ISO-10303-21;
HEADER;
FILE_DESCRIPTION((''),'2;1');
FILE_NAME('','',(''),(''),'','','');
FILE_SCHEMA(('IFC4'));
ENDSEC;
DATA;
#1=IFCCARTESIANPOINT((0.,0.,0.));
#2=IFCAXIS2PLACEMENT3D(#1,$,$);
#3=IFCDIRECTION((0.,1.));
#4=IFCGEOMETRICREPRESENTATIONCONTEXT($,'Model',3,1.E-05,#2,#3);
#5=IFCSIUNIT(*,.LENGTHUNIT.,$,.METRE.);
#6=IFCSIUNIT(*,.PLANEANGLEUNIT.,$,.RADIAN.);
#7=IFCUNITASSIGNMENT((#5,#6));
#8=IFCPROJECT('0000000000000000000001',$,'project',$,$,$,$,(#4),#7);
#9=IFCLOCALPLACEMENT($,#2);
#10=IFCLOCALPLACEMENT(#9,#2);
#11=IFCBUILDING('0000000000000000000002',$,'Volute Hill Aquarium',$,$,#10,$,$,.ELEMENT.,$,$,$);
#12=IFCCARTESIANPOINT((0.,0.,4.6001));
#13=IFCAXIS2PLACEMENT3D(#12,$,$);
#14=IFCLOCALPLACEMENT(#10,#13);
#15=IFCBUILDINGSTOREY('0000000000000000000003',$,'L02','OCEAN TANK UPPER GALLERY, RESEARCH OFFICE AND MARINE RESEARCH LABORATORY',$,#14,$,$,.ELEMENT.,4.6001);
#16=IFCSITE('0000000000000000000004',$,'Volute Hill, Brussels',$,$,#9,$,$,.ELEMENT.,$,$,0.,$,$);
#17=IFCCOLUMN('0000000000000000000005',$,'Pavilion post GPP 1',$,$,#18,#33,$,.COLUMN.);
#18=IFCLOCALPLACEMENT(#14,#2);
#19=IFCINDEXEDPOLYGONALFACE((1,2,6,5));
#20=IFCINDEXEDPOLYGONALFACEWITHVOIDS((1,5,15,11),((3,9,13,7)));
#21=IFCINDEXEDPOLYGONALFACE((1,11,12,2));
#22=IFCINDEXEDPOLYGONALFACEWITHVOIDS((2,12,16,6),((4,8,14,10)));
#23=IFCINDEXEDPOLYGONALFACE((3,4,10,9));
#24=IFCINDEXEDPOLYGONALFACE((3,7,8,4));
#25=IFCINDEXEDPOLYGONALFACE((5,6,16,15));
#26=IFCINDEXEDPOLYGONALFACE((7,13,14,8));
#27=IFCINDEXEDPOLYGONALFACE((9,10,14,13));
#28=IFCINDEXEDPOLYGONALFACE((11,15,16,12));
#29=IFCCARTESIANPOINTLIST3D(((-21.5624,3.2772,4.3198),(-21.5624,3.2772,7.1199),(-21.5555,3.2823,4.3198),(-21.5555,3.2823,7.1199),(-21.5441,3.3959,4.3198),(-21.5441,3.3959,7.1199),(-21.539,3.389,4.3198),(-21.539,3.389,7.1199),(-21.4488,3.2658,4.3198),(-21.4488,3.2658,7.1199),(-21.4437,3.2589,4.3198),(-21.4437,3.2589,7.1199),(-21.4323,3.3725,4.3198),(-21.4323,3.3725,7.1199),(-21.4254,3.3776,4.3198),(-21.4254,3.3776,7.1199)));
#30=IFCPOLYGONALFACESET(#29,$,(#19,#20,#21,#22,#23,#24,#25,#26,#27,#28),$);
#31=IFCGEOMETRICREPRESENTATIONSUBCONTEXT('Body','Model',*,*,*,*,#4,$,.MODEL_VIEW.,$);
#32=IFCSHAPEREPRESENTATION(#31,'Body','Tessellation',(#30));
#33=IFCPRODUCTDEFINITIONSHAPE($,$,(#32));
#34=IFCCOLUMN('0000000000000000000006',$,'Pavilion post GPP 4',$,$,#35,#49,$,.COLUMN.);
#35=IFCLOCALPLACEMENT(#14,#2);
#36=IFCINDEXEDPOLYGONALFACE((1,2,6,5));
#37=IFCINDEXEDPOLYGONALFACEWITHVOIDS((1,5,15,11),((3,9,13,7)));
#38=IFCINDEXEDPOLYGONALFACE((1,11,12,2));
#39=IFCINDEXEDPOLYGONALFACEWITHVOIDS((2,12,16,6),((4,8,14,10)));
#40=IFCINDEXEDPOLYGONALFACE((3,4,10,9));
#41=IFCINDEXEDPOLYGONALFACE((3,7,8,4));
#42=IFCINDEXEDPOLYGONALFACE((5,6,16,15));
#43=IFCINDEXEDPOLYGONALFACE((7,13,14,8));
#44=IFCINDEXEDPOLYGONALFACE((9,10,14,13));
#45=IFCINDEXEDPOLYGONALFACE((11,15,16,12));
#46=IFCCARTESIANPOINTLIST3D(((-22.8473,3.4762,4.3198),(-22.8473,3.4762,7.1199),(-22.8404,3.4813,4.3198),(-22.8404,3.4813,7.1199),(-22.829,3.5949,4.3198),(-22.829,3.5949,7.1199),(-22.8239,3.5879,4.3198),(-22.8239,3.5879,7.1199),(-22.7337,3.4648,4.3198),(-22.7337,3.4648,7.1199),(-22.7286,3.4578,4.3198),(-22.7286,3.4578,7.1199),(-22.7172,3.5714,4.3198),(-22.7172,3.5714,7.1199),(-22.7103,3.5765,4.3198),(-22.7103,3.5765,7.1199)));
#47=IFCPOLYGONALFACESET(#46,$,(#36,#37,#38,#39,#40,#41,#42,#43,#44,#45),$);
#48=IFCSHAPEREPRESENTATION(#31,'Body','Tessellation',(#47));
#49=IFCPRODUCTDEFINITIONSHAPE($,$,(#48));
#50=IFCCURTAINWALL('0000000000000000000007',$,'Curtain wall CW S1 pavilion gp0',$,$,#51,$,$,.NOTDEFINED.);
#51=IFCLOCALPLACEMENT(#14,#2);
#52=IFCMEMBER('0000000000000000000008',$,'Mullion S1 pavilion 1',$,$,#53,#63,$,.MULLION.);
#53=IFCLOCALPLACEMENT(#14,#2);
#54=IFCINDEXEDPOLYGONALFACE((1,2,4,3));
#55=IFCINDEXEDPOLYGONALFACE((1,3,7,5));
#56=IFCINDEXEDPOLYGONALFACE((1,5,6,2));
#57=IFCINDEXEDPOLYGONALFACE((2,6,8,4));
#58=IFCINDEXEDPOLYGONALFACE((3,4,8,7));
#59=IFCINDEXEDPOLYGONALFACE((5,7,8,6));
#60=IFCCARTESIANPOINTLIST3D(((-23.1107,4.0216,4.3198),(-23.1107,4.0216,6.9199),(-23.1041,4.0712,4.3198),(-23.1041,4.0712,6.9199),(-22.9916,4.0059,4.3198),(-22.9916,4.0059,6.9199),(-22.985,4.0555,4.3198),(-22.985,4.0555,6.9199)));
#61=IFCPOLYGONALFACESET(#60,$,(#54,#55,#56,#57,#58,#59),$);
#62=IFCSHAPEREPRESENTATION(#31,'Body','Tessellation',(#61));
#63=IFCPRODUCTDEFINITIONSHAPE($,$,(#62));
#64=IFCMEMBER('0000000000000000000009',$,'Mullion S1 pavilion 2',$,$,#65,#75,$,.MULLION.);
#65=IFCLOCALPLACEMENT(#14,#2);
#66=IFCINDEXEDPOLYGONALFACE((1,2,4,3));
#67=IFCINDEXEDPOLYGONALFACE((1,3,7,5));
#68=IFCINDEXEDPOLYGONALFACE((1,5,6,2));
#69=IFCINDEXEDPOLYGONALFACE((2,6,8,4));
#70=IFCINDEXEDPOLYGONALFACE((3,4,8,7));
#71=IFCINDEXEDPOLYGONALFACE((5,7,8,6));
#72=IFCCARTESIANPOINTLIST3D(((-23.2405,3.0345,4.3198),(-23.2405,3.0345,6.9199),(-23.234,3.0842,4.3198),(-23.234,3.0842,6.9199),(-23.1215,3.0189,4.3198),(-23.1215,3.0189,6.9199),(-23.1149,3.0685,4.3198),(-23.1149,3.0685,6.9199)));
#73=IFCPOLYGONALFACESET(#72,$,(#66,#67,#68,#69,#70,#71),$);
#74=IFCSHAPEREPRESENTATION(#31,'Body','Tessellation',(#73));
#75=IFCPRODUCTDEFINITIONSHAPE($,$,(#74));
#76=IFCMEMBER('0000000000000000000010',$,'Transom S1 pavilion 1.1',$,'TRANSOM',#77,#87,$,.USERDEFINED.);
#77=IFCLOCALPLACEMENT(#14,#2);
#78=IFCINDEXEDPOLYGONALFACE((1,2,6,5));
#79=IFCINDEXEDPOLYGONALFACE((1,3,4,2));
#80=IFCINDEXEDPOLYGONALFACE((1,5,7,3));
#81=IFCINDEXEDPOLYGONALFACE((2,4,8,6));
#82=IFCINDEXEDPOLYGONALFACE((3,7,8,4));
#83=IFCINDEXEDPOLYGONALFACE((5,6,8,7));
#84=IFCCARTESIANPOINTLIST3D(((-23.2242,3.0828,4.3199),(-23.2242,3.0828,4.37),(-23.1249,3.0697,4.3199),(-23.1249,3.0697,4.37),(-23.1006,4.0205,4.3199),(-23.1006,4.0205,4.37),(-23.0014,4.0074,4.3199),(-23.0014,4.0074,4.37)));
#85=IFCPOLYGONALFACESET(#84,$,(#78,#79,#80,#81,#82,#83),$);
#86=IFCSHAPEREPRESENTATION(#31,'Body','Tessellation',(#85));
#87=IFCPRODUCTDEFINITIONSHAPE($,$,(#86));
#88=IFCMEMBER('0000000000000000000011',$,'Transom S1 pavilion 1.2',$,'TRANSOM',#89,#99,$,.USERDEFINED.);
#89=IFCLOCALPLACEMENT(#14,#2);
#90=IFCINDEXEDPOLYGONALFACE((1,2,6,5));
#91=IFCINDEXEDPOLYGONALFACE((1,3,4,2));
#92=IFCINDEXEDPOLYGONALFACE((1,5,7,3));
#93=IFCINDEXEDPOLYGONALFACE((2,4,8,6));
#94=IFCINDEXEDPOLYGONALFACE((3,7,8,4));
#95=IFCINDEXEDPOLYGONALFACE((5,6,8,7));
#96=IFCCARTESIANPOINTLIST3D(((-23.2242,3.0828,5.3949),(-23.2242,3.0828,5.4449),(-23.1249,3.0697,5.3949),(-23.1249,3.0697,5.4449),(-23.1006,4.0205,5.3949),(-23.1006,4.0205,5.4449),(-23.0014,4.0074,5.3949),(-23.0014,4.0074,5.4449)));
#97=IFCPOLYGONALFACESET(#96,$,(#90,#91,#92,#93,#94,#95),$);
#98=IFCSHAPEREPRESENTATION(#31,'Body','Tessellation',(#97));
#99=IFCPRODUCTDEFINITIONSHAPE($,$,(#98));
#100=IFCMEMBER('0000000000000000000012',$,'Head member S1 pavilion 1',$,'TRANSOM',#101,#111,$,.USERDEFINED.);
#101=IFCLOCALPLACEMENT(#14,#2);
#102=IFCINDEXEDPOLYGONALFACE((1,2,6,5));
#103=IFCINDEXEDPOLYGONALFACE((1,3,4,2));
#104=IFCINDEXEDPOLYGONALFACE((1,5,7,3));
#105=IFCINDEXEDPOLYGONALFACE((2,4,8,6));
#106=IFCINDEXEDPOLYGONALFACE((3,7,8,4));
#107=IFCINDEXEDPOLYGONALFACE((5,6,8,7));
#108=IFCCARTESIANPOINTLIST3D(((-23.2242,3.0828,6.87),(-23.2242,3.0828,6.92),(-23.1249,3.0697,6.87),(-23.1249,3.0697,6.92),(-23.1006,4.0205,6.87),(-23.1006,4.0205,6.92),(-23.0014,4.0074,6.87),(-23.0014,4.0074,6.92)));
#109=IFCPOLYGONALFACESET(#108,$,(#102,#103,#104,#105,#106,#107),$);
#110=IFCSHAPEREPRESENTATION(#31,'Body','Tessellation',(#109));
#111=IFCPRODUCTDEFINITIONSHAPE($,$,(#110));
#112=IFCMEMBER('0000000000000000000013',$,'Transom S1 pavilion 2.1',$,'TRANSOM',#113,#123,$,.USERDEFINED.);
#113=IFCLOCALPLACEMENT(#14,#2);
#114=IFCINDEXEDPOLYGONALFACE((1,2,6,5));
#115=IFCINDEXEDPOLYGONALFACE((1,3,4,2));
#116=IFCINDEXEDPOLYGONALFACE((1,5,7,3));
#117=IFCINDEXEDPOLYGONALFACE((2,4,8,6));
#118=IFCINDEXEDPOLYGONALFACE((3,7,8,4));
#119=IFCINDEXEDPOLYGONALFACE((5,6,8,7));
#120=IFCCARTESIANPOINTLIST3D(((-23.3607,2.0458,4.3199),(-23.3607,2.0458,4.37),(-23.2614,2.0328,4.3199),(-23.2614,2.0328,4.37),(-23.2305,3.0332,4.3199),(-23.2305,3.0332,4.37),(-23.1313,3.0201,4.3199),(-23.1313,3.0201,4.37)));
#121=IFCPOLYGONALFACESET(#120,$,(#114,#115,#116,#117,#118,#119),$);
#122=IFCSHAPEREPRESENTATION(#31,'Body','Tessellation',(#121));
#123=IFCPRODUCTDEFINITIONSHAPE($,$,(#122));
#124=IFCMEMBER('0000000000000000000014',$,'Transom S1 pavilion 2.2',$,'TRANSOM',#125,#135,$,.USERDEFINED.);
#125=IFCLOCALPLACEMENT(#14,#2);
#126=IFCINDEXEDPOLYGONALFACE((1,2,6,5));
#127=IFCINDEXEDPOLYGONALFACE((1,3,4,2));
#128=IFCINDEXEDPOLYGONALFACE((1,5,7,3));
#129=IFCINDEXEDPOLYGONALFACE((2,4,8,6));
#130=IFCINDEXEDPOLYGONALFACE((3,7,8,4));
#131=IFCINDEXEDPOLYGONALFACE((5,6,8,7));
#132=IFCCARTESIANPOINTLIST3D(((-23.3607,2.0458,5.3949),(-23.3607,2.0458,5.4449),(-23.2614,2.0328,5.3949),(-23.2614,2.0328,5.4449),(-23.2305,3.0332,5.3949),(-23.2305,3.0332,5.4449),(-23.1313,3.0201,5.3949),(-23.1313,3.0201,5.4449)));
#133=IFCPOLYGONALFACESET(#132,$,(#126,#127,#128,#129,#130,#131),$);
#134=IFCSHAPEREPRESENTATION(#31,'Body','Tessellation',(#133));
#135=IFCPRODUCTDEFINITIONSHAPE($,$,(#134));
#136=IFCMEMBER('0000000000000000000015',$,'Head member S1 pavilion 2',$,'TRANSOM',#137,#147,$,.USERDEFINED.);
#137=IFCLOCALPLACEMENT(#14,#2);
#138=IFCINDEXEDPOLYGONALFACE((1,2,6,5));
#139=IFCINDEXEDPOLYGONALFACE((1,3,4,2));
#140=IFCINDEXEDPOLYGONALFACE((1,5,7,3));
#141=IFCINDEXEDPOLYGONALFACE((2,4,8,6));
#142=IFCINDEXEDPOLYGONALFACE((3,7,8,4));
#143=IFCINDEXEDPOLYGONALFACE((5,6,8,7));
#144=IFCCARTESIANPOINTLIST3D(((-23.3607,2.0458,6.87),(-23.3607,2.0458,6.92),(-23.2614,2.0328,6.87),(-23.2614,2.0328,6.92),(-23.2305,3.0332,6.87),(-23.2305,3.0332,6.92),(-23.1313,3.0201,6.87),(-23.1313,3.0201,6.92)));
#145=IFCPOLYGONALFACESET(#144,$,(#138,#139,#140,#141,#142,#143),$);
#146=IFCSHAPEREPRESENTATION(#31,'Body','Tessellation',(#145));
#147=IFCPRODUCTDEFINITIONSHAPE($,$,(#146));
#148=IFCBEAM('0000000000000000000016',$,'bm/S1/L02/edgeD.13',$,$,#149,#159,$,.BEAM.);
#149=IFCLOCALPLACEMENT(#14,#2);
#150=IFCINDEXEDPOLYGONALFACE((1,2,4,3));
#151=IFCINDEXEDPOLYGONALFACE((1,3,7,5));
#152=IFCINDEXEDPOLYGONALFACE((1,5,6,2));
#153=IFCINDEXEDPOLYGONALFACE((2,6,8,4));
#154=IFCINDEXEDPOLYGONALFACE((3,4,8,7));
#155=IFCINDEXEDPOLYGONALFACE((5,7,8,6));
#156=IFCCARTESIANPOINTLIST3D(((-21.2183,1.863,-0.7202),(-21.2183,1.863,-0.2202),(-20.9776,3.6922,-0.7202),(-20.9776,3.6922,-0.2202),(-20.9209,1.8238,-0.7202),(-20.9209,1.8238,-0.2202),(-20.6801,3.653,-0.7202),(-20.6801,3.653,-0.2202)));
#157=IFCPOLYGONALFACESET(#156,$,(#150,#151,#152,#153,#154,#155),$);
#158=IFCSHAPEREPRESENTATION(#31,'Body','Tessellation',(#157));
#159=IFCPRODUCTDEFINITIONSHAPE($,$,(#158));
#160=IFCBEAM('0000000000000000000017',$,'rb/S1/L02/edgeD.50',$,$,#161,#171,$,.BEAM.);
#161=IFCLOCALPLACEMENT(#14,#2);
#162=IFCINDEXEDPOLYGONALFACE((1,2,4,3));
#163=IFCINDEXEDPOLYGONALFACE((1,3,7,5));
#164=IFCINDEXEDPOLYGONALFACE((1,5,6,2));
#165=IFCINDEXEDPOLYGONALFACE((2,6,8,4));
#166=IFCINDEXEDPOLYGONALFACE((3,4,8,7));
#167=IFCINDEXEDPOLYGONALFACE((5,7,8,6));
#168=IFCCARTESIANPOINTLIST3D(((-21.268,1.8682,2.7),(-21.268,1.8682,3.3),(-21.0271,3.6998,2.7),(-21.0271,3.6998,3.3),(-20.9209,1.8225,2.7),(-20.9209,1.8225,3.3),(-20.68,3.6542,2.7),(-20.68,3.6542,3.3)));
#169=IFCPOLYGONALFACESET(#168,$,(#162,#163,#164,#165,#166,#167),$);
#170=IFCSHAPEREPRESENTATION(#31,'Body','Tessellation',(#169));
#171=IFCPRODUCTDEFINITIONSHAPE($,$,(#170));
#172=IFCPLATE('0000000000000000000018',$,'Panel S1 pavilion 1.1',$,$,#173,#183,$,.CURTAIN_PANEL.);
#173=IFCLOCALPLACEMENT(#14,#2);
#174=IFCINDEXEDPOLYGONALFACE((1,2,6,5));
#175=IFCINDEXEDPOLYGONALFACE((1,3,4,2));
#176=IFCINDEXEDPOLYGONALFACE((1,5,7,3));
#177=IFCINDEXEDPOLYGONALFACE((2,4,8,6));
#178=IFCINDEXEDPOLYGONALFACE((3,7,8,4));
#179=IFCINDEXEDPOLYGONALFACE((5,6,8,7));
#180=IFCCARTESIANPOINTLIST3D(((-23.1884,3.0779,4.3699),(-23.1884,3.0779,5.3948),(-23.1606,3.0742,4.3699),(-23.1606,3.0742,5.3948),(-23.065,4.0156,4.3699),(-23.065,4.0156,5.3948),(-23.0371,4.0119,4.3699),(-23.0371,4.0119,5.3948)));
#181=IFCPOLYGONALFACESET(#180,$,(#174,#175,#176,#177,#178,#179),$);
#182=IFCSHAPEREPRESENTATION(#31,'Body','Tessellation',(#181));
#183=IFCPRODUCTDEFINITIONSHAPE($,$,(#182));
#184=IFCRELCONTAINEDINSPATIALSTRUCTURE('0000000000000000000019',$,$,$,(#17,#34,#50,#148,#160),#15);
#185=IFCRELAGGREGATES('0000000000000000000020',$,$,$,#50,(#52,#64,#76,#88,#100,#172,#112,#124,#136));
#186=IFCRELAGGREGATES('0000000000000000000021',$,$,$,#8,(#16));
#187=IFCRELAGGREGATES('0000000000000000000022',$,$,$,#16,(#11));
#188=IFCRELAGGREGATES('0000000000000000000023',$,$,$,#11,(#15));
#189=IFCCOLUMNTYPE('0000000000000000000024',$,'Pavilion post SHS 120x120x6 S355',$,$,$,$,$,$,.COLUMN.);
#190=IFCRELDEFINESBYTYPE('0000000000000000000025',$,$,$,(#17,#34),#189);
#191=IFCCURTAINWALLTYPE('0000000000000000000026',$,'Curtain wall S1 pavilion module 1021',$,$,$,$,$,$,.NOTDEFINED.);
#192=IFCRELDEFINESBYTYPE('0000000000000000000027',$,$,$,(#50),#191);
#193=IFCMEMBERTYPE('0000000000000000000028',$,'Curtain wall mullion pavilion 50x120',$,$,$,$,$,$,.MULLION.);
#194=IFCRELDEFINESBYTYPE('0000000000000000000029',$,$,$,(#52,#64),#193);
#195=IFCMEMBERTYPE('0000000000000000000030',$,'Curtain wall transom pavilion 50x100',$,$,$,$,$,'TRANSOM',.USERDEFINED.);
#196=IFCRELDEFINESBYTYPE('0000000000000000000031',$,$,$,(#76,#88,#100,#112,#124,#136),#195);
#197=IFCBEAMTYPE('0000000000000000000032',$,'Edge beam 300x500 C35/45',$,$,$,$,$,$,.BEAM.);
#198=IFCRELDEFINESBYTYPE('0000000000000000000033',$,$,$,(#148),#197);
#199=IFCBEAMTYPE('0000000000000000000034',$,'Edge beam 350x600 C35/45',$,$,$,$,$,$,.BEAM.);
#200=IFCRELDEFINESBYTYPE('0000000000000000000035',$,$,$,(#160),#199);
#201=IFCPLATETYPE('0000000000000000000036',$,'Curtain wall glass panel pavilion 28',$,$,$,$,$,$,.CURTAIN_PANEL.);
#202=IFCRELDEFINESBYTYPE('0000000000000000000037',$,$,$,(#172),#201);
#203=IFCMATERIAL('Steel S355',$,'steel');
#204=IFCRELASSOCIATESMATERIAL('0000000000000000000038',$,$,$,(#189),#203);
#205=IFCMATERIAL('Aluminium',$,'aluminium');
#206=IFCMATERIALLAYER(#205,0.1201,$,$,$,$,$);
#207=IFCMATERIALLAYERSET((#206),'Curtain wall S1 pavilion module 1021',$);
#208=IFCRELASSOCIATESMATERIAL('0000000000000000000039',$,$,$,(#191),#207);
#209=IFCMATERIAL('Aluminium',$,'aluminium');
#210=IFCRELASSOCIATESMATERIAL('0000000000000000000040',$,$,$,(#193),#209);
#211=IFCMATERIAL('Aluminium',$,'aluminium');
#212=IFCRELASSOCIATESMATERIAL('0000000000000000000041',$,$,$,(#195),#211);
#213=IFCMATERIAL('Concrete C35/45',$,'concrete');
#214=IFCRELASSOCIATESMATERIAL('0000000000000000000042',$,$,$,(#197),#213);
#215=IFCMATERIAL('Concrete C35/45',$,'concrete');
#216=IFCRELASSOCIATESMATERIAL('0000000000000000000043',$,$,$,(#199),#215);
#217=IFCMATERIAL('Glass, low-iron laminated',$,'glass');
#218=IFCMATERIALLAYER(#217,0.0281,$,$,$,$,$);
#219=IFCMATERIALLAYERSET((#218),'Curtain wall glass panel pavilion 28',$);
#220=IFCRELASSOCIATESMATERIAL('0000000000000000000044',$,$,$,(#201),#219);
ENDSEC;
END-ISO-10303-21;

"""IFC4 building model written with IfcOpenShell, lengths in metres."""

from ifc_helpers import new_model, si_unit, direction, frame, origin, origin_2d, place, context, subcontext, project, spatial, rectangle, hollow_rectangle, extrude, material, layer, layer_set, material_profile, profile_set, type_object, element, aggregate, save


model = new_model("IFC4")

# Units and contexts
model_context = context("Model", 3, precision=1e-05, world=origin(), true_north=direction((0.0, 1.0)))
body_context = subcontext(model_context, "Body", "Model", "MODEL_VIEW")
ifc_project = project(units=[si_unit("LENGTHUNIT", "METRE"), si_unit("PLANEANGLEUNIT", "RADIAN")], contexts=[model_context])

# Site, building, storey
site_placement = place(None, origin())
site = spatial("IfcSite", under=ifc_project, at=site_placement, Name="Volute Hill, Brussels", CompositionType="ELEMENT", RefElevation=0.0)
building_placement = place(site_placement, origin())
building = spatial("IfcBuilding", under=site, at=building_placement, Name="Volute Hill Aquarium", CompositionType="ELEMENT")
storey_placement = place(building_placement, frame((0.0, 0.0, 4.6001)))
storey = spatial("IfcBuildingStorey", under=building, at=storey_placement, Name="L02", Description="OCEAN TANK UPPER GALLERY, RESEARCH OFFICE AND MARINE RESEARCH LABORATORY", CompositionType="ELEMENT", Elevation=4.6001)

# Columns
ifc_material_1 = material(Name="Steel S355", Category="steel")
ifc_material_profile_1 = material_profile(ifc_material_1, hollow_rectangle(XDim=0.1201, YDim=0.1201, WallThickness=0.0061, at=origin_2d()), Name="SHS 120x120x6")
ifc_profile_set_1 = profile_set([ifc_material_profile_1], Name="Steel S355")
column_type = type_object("IfcColumnType", Name="Pavilion post SHS 120x120x6 S355", PredefinedType="COLUMN", material=ifc_profile_set_1)
for number, where, z_axis, x_axis, name in (
    (1, (-21.4939, 3.3274, 4.3198), (0.0, 0.0, 1.0), (-0.988228, 0.152986, 0.0), "Pavilion post GPP 1"),
    (2, (-22.7788, 3.5264, 4.3198), (0.0, 0.0, 1.0), (-0.988228, 0.152986, 0.0), "Pavilion post GPP 4"),
):
    element("IfcColumn", number, at=place(storey_placement, frame(where, z_axis=z_axis, x_axis=x_axis)), inside=storey, type_object=column_type, Name=name, PredefinedType="COLUMN", context=body_context, shape_type="SweptSolid", body=[
        extrude(hollow_rectangle(XDim=0.1201, YDim=0.1201, WallThickness=0.0061, at=origin_2d()), origin(), (0.0, 0.0, 1.0), 2.8),
    ])

# Curtain wall, members
ifc_material_2 = material(Name="Aluminium", Category="aluminium")
ifc_layer_1 = layer(ifc_material_2, 0.1201)
ifc_layer_set_1 = layer_set([ifc_layer_1], Name="Curtain wall S1 pavilion module 1021")
curtain_wall_type = type_object("IfcCurtainWallType", Name="Curtain wall S1 pavilion module 1021", PredefinedType="NOTDEFINED", material=ifc_layer_set_1)
curtain_wall_placement = place(storey_placement, origin())
curtain_wall = element("IfcCurtainWall", 3, at=curtain_wall_placement, inside=storey, type_object=curtain_wall_type, Name="Curtain wall CW S1 pavilion gp0", PredefinedType="NOTDEFINED")
ifc_material_3 = material(Name="Aluminium", Category="aluminium")
ifc_material_profile_2 = material_profile(ifc_material_3, rectangle(XDim=0.1201, YDim=0.05, at=origin_2d()), Name="Curtain wall mullion pavilion 50x120")
ifc_profile_set_2 = profile_set([ifc_material_profile_2], Name="Aluminium")
member_type_1 = type_object("IfcMemberType", Name="Curtain wall mullion pavilion 50x120", PredefinedType="MULLION", material=ifc_profile_set_2)
member_1_placement = place(storey_placement, frame((-23.0479, 4.0386, 4.3198), z_axis=(0.0, 0.0, 1.0), x_axis=(0.991443, -0.130543, 0.0)))
member_1 = element("IfcMember", 4, at=member_1_placement, type_object=member_type_1, Name="Mullion S1 pavilion 1", PredefinedType="MULLION", context=body_context, shape_type="SweptSolid", body=[
    extrude(rectangle(XDim=0.1201, YDim=0.05, at=origin_2d()), origin(), (0.0, 0.0, 1.0), 2.6001),
])
member_2_placement = place(storey_placement, frame((-23.1777, 3.0515, 4.3198), z_axis=(0.0, 0.0, 1.0), x_axis=(0.991443, -0.130543, 0.0)))
member_2 = element("IfcMember", 5, at=member_2_placement, type_object=member_type_1, Name="Mullion S1 pavilion 2", PredefinedType="MULLION", context=body_context, shape_type="SweptSolid", body=[
    extrude(rectangle(XDim=0.1201, YDim=0.05, at=origin_2d()), origin(), (0.0, 0.0, 1.0), 2.6001),
])
ifc_material_4 = material(Name="Aluminium", Category="aluminium")
ifc_material_profile_3 = material_profile(ifc_material_4, rectangle(XDim=0.1001, YDim=0.05, at=origin_2d()), Name="Curtain wall transom pavilion 50x100")
ifc_profile_set_3 = profile_set([ifc_material_profile_3], Name="Aluminium")
member_type_2 = type_object("IfcMemberType", Name="Curtain wall transom pavilion 50x100", ElementType="TRANSOM", PredefinedType="USERDEFINED", material=ifc_profile_set_3)
member_3_placement = place(storey_placement, frame((-23.051, 4.0139, 4.345), z_axis=(-0.130608, -0.991434, 0.0), x_axis=(0.991434, -0.130608, 0.0)))
member_3 = element("IfcMember", 6, at=member_3_placement, type_object=member_type_2, Name="Transom S1 pavilion 1.1", ObjectType="TRANSOM", PredefinedType="USERDEFINED", context=body_context, shape_type="SweptSolid", body=[
    extrude(rectangle(XDim=0.1001, YDim=0.05, at=origin_2d()), origin(), (0.0, 0.0, 1.0), 0.9458),
])
member_4_placement = place(storey_placement, frame((-23.051, 4.0139, 5.4199), z_axis=(-0.130608, -0.991434, 0.0), x_axis=(0.991434, -0.130608, 0.0)))
member_4 = element("IfcMember", 7, at=member_4_placement, type_object=member_type_2, Name="Transom S1 pavilion 1.2", ObjectType="TRANSOM", PredefinedType="USERDEFINED", context=body_context, shape_type="SweptSolid", body=[
    extrude(rectangle(XDim=0.1001, YDim=0.05, at=origin_2d()), origin(), (0.0, 0.0, 1.0), 0.9458),
])
member_5_placement = place(storey_placement, frame((-23.051, 4.0139, 6.895), z_axis=(-0.130608, -0.991434, 0.0), x_axis=(0.991434, -0.130608, 0.0)))
member_5 = element("IfcMember", 8, at=member_5_placement, type_object=member_type_2, Name="Head member S1 pavilion 1", ObjectType="TRANSOM", PredefinedType="USERDEFINED", context=body_context, shape_type="SweptSolid", body=[
    extrude(rectangle(XDim=0.1001, YDim=0.05, at=origin_2d()), origin(), (0.0, 0.0, 1.0), 0.9458),
])
member_6_placement = place(storey_placement, frame((-23.1809, 3.0266, 4.345), z_axis=(-0.13067, -0.991426, 0.0), x_axis=(0.991426, -0.13067, 0.0)))
member_6 = element("IfcMember", 9, at=member_6_placement, type_object=member_type_2, Name="Transom S1 pavilion 2.1", ObjectType="TRANSOM", PredefinedType="USERDEFINED", context=body_context, shape_type="SweptSolid", body=[
    extrude(rectangle(XDim=0.1001, YDim=0.05, at=origin_2d()), origin(), (0.0, 0.0, 1.0), 0.9958),
])
member_7_placement = place(storey_placement, frame((-23.1809, 3.0266, 5.4199), z_axis=(-0.13067, -0.991426, 0.0), x_axis=(0.991426, -0.13067, 0.0)))
member_7 = element("IfcMember", 10, at=member_7_placement, type_object=member_type_2, Name="Transom S1 pavilion 2.2", ObjectType="TRANSOM", PredefinedType="USERDEFINED", context=body_context, shape_type="SweptSolid", body=[
    extrude(rectangle(XDim=0.1001, YDim=0.05, at=origin_2d()), origin(), (0.0, 0.0, 1.0), 0.9958),
])
member_8_placement = place(storey_placement, frame((-23.1809, 3.0266, 6.895), z_axis=(-0.13067, -0.991426, 0.0), x_axis=(0.991426, -0.13067, 0.0)))
member_8 = element("IfcMember", 11, at=member_8_placement, type_object=member_type_2, Name="Head member S1 pavilion 2", ObjectType="TRANSOM", PredefinedType="USERDEFINED", context=body_context, shape_type="SweptSolid", body=[
    extrude(rectangle(XDim=0.1001, YDim=0.05, at=origin_2d()), origin(), (0.0, 0.0, 1.0), 0.9958),
])

# Beams
ifc_material_5 = material(Name="Concrete C35/45", Category="concrete")
ifc_material_profile_4 = material_profile(ifc_material_5, rectangle(XDim=0.3, YDim=0.5, at=origin_2d()), Name="RC edge beam 300x500")
ifc_profile_set_4 = profile_set([ifc_material_profile_4], Name="Concrete C35/45")
beam_type_1 = type_object("IfcBeamType", Name="Edge beam 300x500 C35/45", PredefinedType="BEAM", material=ifc_profile_set_4)
beam_1_placement = place(storey_placement, frame((-20.8289, 3.6726, -0.4702), z_axis=(-0.130482, -0.991451, 0.0), x_axis=(0.991451, -0.130482, 0.0)))
element("IfcBeam", 12, at=beam_1_placement, inside=storey, type_object=beam_type_1, Name="bm/S1/L02/edgeD.13", PredefinedType="BEAM", context=body_context, shape_type="SweptSolid", body=[
    extrude(rectangle(XDim=0.3, YDim=0.5, at=origin_2d()), origin(), (0.0, 0.0, 1.0), 1.845),
])
ifc_material_6 = material(Name="Concrete C35/45", Category="concrete")
ifc_material_profile_5 = material_profile(ifc_material_6, rectangle(XDim=0.3501, YDim=0.6001, at=origin_2d()), Name="RC edge beam 350x600")
ifc_profile_set_5 = profile_set([ifc_material_profile_5], Name="Concrete C35/45")
beam_type_2 = type_object("IfcBeamType", Name="Edge beam 350x600 C35/45", PredefinedType="BEAM", material=ifc_profile_set_5)
beam_2_placement = place(storey_placement, frame((-20.8535, 3.677, 3.0), z_axis=(-0.130441, -0.991456, 0.0), x_axis=(0.991456, -0.130441, 0.0)))
element("IfcBeam", 13, at=beam_2_placement, inside=storey, type_object=beam_type_2, Name="rb/S1/L02/edgeD.50", PredefinedType="BEAM", context=body_context, shape_type="SweptSolid", body=[
    extrude(rectangle(XDim=0.3501, YDim=0.6001, at=origin_2d()), origin(), (0.0, 0.0, 1.0), 1.8474),
])

# Plate
ifc_material_7 = material(Name="Glass, low-iron laminated", Category="glass")
ifc_layer_2 = layer(ifc_material_7, 0.0281)
ifc_layer_set_2 = layer_set([ifc_layer_2], Name="Curtain wall glass panel pavilion 28")
plate_type = type_object("IfcPlateType", Name="Curtain wall glass panel pavilion 28", PredefinedType="CURTAIN_PANEL", material=ifc_layer_set_2)
plate_1_placement = place(storey_placement, frame((-23.1128, 3.5449, 4.3699), z_axis=(0.0, 0.0, 1.0), x_axis=(-0.130543, -0.991443, 0.0)))
plate_1 = element("IfcPlate", 14, at=plate_1_placement, type_object=plate_type, Name="Panel S1 pavilion 1.1", PredefinedType="CURTAIN_PANEL", context=body_context, shape_type="SweptSolid", body=[
    extrude(rectangle(XDim=0.9458, YDim=0.0281, at=origin_2d()), origin(), (0.0, 0.0, 1.0), 1.0249),
])
aggregate(curtain_wall, [member_1, member_2, member_3, member_4, member_5, plate_1, member_6, member_7, member_8])

save(model, "model.ifc")
